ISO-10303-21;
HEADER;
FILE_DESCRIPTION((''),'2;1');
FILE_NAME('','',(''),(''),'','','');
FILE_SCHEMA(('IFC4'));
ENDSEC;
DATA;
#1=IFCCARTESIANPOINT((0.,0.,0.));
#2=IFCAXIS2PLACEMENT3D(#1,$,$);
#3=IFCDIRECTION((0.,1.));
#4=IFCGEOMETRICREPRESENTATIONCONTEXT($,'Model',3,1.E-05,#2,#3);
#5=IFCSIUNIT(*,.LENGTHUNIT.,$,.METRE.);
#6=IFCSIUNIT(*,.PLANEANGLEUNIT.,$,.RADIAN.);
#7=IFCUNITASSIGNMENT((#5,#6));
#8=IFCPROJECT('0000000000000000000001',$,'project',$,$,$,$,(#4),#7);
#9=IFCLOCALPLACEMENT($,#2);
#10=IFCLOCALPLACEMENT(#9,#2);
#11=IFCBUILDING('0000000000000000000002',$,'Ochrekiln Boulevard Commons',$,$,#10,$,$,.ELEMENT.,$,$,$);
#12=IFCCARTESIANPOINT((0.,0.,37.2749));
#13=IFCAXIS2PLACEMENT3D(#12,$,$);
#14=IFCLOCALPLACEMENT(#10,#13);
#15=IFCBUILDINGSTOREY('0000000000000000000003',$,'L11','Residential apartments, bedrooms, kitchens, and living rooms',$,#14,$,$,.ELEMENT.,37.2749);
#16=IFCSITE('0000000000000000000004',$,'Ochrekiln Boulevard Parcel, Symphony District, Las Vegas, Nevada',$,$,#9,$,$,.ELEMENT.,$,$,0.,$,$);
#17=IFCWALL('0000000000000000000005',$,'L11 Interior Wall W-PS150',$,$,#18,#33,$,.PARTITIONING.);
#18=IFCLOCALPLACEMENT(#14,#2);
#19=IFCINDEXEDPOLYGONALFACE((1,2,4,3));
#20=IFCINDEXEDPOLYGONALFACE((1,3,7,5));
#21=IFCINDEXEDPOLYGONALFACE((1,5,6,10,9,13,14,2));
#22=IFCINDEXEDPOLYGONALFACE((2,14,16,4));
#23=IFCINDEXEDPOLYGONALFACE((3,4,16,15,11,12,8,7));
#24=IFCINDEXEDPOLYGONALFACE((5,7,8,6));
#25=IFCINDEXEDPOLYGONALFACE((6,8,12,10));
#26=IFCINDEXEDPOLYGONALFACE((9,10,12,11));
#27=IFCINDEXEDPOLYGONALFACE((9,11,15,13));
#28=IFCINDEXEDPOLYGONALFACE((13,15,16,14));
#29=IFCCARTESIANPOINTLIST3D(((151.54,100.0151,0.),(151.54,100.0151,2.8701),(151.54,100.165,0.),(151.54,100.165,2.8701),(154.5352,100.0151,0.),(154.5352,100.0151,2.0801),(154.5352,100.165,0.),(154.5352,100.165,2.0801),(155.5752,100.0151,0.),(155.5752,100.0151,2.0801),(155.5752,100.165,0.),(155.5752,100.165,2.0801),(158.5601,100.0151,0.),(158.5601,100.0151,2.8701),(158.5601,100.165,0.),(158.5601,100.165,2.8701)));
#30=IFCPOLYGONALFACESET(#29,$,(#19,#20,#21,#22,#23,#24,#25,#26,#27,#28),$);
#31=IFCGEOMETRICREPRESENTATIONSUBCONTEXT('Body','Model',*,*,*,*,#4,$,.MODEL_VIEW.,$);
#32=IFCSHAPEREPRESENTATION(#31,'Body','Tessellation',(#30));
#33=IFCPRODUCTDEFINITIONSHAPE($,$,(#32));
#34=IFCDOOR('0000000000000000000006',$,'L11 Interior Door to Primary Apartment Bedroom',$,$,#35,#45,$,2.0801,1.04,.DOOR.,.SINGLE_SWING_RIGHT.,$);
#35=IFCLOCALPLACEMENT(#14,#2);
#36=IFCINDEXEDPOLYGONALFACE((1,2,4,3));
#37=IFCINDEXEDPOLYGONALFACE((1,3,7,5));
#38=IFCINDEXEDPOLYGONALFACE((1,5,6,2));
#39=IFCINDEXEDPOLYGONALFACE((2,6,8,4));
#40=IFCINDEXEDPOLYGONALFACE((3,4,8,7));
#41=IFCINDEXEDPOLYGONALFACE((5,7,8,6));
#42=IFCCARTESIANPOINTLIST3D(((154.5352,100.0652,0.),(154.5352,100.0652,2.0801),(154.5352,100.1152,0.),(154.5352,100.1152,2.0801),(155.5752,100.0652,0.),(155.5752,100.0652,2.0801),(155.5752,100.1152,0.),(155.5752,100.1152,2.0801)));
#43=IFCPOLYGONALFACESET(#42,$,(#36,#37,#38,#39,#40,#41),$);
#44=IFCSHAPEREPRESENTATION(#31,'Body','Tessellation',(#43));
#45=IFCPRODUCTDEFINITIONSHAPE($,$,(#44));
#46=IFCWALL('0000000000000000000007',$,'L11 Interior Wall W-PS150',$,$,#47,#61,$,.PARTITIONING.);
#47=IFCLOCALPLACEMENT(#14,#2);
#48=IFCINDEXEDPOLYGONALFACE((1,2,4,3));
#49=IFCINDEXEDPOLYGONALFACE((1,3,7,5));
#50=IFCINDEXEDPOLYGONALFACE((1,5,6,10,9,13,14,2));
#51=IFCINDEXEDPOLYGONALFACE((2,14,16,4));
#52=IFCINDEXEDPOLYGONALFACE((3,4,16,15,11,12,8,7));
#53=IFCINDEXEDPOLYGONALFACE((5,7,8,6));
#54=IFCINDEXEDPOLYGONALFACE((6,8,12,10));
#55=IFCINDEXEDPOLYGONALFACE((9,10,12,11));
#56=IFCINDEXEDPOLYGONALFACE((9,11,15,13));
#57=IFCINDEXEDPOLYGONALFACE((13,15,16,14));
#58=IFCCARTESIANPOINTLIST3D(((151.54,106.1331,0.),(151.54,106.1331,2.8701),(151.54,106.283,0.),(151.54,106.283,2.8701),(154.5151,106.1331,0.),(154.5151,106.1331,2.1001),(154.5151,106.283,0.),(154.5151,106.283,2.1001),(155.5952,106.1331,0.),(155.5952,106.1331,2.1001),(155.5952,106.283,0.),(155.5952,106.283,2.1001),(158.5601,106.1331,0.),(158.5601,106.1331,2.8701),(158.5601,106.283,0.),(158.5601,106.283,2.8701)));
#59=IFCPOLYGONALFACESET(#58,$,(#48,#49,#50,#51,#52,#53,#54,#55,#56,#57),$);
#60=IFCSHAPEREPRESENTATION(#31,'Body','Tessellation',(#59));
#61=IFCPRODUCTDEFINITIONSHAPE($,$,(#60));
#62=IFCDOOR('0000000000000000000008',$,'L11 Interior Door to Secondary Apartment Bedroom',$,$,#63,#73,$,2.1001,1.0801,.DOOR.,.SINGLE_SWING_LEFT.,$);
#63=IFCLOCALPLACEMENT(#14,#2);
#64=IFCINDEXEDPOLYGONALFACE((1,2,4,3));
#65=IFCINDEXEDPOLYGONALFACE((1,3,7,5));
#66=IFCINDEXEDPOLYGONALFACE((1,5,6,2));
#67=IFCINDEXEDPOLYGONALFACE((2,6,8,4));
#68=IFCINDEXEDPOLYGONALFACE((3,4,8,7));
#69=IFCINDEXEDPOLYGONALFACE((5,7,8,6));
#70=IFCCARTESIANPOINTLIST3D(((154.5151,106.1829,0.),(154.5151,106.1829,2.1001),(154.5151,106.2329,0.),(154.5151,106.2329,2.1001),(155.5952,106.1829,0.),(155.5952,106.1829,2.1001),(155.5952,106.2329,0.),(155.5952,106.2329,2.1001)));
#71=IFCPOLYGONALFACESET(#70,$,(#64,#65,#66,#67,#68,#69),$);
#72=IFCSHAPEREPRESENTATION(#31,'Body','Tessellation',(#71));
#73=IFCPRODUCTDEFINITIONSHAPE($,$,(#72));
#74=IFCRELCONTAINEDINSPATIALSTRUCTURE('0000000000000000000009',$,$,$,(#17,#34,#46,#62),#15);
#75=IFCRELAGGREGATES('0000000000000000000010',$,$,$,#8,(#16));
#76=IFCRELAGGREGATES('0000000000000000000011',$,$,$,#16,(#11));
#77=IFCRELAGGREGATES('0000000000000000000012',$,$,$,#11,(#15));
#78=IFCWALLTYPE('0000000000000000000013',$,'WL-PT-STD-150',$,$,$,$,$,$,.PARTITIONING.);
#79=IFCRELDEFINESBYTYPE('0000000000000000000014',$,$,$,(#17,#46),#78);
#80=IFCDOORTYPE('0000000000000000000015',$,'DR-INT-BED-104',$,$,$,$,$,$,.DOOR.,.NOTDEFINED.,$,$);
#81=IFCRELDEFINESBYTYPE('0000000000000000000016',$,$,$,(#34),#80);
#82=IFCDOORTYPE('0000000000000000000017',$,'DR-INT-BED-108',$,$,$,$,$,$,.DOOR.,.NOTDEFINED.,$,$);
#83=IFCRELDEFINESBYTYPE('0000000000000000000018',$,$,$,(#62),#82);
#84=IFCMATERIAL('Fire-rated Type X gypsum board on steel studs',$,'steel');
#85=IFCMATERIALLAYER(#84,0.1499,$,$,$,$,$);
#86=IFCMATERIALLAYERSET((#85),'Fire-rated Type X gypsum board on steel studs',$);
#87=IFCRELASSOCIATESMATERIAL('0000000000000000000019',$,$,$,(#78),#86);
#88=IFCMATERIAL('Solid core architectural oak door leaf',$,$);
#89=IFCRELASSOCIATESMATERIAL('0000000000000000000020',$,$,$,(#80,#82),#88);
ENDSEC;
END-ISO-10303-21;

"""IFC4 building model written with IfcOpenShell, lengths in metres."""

from ifc_helpers import new_model, si_unit, direction, frame, frame_2d, origin, place, context, subcontext, project, spatial, rectangle, extrude, material, layer, layer_set, type_object, element, fill, save


model = new_model("IFC4")

# Units and contexts
model_context = context("Model", 3, precision=1e-05, world=origin(), true_north=direction((0.0, 1.0)))
body_context = subcontext(model_context, "Body", "Model", "MODEL_VIEW")
ifc_project = project(units=[si_unit("LENGTHUNIT", "METRE"), si_unit("PLANEANGLEUNIT", "RADIAN")], contexts=[model_context])

# Site, building, storey
site_placement = place(None, origin())
site = spatial("IfcSite", under=ifc_project, at=site_placement, Name="Ochrekiln Boulevard Parcel, Symphony District, Las Vegas, Nevada", CompositionType="ELEMENT", RefElevation=0.0)
building_placement = place(site_placement, origin())
building = spatial("IfcBuilding", under=site, at=building_placement, Name="Ochrekiln Boulevard Commons", CompositionType="ELEMENT")
storey_placement = place(building_placement, frame((0.0, 0.0, 37.2749)))
storey = spatial("IfcBuildingStorey", under=building, at=storey_placement, Name="L11", Description="Residential apartments, bedrooms, kitchens, and living rooms", CompositionType="ELEMENT", Elevation=37.2749)

# Shared definitions
ifc_material_1 = material(Name="Fire-rated Type X gypsum board on steel studs", Category="steel")

# Walls, openings, doors
ifc_layer_1 = layer(ifc_material_1, 0.1499)
ifc_layer_set_1 = layer_set([ifc_layer_1], Name="Fire-rated Type X gypsum board on steel studs")
wall_type_1 = type_object("IfcWallType", Name="WL-PT-STD-150", PredefinedType="PARTITIONING", material=ifc_layer_set_1)
wall_1_placement = place(storey_placement, frame((151.54, 100.0901, 0.0), z_axis=(0.0, 0.0, 1.0), x_axis=(1.0, 0.0, 0.0)))
wall_1 = element("IfcWall", 1, at=wall_1_placement, inside=storey, type_object=wall_type_1, Name="L11 Interior Wall W-PS150", PredefinedType="PARTITIONING", context=body_context, shape_type="SweptSolid", body=[
    extrude(rectangle(XDim=7.02, YDim=0.1499, at=frame_2d((3.51, 0.0))), origin(), (0.0, 0.0, 1.0), 2.8701),
])
opening_1_placement = place(wall_1_placement, frame((2.9951, 0.0, 0.0)))
opening_1 = element("IfcOpeningElement", 2, at=opening_1_placement, cuts=wall_1, PredefinedType="OPENING", context=body_context, shape_type="SweptSolid", body=[
    extrude(rectangle(XDim=1.04, YDim=2.0801, at=frame_2d((0.52, 1.04))), frame((0.0, 0.085, 0.0), z_axis=(0.0, -1.0, 0.0), x_axis=(1.0, 0.0, 0.0)), (0.0, 0.0, 1.0), 0.1699),
])
ifc_material_2 = material(Name="Solid core architectural oak door leaf")
door_type_1 = type_object("IfcDoorType", Name="DR-INT-BED-104", OperationType="NOTDEFINED", PredefinedType="DOOR", material=ifc_material_2)
door_1_placement = place(opening_1_placement, frame((1.04, 0.0, 0.0), z_axis=(0.0, 0.0, 1.0), x_axis=(-1.0, 0.0, 0.0)))
door_1 = element("IfcDoor", 3, at=door_1_placement, inside=storey, type_object=door_type_1, Name="L11 Interior Door to Primary Apartment Bedroom", OperationType="SINGLE_SWING_RIGHT", OverallHeight=2.0801, OverallWidth=1.04, PredefinedType="DOOR", context=body_context, shape_type="SweptSolid", body=[
    extrude(rectangle(XDim=1.04, YDim=2.0801, at=frame_2d((0.52, 1.04))), frame((0.0, 0.0249, 0.0), z_axis=(0.0, -1.0, 0.0), x_axis=(1.0, 0.0, 0.0)), (0.0, 0.0, 1.0), 0.05),
])
fill(opening_1, door_1)
wall_2_placement = place(storey_placement, frame((151.54, 106.208, 0.0), z_axis=(0.0, 0.0, 1.0), x_axis=(1.0, 0.0, 0.0)))
wall_2 = element("IfcWall", 4, at=wall_2_placement, inside=storey, type_object=wall_type_1, Name="L11 Interior Wall W-PS150", PredefinedType="PARTITIONING", context=body_context, shape_type="SweptSolid", body=[
    extrude(rectangle(XDim=7.02, YDim=0.1499, at=frame_2d((3.51, 0.0))), origin(), (0.0, 0.0, 1.0), 2.8701),
])
opening_2_placement = place(wall_2_placement, frame((2.9751, 0.0, 0.0)))
opening_2 = element("IfcOpeningElement", 5, at=opening_2_placement, cuts=wall_2, PredefinedType="OPENING", context=body_context, shape_type="SweptSolid", body=[
    extrude(rectangle(XDim=1.0801, YDim=2.1001, at=frame_2d((0.54, 1.05))), frame((0.0, 0.085, 0.0), z_axis=(0.0, -1.0, 0.0), x_axis=(1.0, 0.0, 0.0)), (0.0, 0.0, 1.0), 0.1699),
])
door_type_2 = type_object("IfcDoorType", Name="DR-INT-BED-108", OperationType="NOTDEFINED", PredefinedType="DOOR", material=ifc_material_2)
door_2_placement = place(opening_2_placement, origin())
door_2 = element("IfcDoor", 6, at=door_2_placement, inside=storey, type_object=door_type_2, Name="L11 Interior Door to Secondary Apartment Bedroom", OperationType="SINGLE_SWING_LEFT", OverallHeight=2.1001, OverallWidth=1.0801, PredefinedType="DOOR", context=body_context, shape_type="SweptSolid", body=[
    extrude(rectangle(XDim=1.0801, YDim=2.1001, at=frame_2d((0.54, 1.05))), frame((0.0, 0.0249, 0.0), z_axis=(0.0, -1.0, 0.0), x_axis=(1.0, 0.0, 0.0)), (0.0, 0.0, 1.0), 0.05),
])
fill(opening_2, door_2)

save(model, "model.ifc")
